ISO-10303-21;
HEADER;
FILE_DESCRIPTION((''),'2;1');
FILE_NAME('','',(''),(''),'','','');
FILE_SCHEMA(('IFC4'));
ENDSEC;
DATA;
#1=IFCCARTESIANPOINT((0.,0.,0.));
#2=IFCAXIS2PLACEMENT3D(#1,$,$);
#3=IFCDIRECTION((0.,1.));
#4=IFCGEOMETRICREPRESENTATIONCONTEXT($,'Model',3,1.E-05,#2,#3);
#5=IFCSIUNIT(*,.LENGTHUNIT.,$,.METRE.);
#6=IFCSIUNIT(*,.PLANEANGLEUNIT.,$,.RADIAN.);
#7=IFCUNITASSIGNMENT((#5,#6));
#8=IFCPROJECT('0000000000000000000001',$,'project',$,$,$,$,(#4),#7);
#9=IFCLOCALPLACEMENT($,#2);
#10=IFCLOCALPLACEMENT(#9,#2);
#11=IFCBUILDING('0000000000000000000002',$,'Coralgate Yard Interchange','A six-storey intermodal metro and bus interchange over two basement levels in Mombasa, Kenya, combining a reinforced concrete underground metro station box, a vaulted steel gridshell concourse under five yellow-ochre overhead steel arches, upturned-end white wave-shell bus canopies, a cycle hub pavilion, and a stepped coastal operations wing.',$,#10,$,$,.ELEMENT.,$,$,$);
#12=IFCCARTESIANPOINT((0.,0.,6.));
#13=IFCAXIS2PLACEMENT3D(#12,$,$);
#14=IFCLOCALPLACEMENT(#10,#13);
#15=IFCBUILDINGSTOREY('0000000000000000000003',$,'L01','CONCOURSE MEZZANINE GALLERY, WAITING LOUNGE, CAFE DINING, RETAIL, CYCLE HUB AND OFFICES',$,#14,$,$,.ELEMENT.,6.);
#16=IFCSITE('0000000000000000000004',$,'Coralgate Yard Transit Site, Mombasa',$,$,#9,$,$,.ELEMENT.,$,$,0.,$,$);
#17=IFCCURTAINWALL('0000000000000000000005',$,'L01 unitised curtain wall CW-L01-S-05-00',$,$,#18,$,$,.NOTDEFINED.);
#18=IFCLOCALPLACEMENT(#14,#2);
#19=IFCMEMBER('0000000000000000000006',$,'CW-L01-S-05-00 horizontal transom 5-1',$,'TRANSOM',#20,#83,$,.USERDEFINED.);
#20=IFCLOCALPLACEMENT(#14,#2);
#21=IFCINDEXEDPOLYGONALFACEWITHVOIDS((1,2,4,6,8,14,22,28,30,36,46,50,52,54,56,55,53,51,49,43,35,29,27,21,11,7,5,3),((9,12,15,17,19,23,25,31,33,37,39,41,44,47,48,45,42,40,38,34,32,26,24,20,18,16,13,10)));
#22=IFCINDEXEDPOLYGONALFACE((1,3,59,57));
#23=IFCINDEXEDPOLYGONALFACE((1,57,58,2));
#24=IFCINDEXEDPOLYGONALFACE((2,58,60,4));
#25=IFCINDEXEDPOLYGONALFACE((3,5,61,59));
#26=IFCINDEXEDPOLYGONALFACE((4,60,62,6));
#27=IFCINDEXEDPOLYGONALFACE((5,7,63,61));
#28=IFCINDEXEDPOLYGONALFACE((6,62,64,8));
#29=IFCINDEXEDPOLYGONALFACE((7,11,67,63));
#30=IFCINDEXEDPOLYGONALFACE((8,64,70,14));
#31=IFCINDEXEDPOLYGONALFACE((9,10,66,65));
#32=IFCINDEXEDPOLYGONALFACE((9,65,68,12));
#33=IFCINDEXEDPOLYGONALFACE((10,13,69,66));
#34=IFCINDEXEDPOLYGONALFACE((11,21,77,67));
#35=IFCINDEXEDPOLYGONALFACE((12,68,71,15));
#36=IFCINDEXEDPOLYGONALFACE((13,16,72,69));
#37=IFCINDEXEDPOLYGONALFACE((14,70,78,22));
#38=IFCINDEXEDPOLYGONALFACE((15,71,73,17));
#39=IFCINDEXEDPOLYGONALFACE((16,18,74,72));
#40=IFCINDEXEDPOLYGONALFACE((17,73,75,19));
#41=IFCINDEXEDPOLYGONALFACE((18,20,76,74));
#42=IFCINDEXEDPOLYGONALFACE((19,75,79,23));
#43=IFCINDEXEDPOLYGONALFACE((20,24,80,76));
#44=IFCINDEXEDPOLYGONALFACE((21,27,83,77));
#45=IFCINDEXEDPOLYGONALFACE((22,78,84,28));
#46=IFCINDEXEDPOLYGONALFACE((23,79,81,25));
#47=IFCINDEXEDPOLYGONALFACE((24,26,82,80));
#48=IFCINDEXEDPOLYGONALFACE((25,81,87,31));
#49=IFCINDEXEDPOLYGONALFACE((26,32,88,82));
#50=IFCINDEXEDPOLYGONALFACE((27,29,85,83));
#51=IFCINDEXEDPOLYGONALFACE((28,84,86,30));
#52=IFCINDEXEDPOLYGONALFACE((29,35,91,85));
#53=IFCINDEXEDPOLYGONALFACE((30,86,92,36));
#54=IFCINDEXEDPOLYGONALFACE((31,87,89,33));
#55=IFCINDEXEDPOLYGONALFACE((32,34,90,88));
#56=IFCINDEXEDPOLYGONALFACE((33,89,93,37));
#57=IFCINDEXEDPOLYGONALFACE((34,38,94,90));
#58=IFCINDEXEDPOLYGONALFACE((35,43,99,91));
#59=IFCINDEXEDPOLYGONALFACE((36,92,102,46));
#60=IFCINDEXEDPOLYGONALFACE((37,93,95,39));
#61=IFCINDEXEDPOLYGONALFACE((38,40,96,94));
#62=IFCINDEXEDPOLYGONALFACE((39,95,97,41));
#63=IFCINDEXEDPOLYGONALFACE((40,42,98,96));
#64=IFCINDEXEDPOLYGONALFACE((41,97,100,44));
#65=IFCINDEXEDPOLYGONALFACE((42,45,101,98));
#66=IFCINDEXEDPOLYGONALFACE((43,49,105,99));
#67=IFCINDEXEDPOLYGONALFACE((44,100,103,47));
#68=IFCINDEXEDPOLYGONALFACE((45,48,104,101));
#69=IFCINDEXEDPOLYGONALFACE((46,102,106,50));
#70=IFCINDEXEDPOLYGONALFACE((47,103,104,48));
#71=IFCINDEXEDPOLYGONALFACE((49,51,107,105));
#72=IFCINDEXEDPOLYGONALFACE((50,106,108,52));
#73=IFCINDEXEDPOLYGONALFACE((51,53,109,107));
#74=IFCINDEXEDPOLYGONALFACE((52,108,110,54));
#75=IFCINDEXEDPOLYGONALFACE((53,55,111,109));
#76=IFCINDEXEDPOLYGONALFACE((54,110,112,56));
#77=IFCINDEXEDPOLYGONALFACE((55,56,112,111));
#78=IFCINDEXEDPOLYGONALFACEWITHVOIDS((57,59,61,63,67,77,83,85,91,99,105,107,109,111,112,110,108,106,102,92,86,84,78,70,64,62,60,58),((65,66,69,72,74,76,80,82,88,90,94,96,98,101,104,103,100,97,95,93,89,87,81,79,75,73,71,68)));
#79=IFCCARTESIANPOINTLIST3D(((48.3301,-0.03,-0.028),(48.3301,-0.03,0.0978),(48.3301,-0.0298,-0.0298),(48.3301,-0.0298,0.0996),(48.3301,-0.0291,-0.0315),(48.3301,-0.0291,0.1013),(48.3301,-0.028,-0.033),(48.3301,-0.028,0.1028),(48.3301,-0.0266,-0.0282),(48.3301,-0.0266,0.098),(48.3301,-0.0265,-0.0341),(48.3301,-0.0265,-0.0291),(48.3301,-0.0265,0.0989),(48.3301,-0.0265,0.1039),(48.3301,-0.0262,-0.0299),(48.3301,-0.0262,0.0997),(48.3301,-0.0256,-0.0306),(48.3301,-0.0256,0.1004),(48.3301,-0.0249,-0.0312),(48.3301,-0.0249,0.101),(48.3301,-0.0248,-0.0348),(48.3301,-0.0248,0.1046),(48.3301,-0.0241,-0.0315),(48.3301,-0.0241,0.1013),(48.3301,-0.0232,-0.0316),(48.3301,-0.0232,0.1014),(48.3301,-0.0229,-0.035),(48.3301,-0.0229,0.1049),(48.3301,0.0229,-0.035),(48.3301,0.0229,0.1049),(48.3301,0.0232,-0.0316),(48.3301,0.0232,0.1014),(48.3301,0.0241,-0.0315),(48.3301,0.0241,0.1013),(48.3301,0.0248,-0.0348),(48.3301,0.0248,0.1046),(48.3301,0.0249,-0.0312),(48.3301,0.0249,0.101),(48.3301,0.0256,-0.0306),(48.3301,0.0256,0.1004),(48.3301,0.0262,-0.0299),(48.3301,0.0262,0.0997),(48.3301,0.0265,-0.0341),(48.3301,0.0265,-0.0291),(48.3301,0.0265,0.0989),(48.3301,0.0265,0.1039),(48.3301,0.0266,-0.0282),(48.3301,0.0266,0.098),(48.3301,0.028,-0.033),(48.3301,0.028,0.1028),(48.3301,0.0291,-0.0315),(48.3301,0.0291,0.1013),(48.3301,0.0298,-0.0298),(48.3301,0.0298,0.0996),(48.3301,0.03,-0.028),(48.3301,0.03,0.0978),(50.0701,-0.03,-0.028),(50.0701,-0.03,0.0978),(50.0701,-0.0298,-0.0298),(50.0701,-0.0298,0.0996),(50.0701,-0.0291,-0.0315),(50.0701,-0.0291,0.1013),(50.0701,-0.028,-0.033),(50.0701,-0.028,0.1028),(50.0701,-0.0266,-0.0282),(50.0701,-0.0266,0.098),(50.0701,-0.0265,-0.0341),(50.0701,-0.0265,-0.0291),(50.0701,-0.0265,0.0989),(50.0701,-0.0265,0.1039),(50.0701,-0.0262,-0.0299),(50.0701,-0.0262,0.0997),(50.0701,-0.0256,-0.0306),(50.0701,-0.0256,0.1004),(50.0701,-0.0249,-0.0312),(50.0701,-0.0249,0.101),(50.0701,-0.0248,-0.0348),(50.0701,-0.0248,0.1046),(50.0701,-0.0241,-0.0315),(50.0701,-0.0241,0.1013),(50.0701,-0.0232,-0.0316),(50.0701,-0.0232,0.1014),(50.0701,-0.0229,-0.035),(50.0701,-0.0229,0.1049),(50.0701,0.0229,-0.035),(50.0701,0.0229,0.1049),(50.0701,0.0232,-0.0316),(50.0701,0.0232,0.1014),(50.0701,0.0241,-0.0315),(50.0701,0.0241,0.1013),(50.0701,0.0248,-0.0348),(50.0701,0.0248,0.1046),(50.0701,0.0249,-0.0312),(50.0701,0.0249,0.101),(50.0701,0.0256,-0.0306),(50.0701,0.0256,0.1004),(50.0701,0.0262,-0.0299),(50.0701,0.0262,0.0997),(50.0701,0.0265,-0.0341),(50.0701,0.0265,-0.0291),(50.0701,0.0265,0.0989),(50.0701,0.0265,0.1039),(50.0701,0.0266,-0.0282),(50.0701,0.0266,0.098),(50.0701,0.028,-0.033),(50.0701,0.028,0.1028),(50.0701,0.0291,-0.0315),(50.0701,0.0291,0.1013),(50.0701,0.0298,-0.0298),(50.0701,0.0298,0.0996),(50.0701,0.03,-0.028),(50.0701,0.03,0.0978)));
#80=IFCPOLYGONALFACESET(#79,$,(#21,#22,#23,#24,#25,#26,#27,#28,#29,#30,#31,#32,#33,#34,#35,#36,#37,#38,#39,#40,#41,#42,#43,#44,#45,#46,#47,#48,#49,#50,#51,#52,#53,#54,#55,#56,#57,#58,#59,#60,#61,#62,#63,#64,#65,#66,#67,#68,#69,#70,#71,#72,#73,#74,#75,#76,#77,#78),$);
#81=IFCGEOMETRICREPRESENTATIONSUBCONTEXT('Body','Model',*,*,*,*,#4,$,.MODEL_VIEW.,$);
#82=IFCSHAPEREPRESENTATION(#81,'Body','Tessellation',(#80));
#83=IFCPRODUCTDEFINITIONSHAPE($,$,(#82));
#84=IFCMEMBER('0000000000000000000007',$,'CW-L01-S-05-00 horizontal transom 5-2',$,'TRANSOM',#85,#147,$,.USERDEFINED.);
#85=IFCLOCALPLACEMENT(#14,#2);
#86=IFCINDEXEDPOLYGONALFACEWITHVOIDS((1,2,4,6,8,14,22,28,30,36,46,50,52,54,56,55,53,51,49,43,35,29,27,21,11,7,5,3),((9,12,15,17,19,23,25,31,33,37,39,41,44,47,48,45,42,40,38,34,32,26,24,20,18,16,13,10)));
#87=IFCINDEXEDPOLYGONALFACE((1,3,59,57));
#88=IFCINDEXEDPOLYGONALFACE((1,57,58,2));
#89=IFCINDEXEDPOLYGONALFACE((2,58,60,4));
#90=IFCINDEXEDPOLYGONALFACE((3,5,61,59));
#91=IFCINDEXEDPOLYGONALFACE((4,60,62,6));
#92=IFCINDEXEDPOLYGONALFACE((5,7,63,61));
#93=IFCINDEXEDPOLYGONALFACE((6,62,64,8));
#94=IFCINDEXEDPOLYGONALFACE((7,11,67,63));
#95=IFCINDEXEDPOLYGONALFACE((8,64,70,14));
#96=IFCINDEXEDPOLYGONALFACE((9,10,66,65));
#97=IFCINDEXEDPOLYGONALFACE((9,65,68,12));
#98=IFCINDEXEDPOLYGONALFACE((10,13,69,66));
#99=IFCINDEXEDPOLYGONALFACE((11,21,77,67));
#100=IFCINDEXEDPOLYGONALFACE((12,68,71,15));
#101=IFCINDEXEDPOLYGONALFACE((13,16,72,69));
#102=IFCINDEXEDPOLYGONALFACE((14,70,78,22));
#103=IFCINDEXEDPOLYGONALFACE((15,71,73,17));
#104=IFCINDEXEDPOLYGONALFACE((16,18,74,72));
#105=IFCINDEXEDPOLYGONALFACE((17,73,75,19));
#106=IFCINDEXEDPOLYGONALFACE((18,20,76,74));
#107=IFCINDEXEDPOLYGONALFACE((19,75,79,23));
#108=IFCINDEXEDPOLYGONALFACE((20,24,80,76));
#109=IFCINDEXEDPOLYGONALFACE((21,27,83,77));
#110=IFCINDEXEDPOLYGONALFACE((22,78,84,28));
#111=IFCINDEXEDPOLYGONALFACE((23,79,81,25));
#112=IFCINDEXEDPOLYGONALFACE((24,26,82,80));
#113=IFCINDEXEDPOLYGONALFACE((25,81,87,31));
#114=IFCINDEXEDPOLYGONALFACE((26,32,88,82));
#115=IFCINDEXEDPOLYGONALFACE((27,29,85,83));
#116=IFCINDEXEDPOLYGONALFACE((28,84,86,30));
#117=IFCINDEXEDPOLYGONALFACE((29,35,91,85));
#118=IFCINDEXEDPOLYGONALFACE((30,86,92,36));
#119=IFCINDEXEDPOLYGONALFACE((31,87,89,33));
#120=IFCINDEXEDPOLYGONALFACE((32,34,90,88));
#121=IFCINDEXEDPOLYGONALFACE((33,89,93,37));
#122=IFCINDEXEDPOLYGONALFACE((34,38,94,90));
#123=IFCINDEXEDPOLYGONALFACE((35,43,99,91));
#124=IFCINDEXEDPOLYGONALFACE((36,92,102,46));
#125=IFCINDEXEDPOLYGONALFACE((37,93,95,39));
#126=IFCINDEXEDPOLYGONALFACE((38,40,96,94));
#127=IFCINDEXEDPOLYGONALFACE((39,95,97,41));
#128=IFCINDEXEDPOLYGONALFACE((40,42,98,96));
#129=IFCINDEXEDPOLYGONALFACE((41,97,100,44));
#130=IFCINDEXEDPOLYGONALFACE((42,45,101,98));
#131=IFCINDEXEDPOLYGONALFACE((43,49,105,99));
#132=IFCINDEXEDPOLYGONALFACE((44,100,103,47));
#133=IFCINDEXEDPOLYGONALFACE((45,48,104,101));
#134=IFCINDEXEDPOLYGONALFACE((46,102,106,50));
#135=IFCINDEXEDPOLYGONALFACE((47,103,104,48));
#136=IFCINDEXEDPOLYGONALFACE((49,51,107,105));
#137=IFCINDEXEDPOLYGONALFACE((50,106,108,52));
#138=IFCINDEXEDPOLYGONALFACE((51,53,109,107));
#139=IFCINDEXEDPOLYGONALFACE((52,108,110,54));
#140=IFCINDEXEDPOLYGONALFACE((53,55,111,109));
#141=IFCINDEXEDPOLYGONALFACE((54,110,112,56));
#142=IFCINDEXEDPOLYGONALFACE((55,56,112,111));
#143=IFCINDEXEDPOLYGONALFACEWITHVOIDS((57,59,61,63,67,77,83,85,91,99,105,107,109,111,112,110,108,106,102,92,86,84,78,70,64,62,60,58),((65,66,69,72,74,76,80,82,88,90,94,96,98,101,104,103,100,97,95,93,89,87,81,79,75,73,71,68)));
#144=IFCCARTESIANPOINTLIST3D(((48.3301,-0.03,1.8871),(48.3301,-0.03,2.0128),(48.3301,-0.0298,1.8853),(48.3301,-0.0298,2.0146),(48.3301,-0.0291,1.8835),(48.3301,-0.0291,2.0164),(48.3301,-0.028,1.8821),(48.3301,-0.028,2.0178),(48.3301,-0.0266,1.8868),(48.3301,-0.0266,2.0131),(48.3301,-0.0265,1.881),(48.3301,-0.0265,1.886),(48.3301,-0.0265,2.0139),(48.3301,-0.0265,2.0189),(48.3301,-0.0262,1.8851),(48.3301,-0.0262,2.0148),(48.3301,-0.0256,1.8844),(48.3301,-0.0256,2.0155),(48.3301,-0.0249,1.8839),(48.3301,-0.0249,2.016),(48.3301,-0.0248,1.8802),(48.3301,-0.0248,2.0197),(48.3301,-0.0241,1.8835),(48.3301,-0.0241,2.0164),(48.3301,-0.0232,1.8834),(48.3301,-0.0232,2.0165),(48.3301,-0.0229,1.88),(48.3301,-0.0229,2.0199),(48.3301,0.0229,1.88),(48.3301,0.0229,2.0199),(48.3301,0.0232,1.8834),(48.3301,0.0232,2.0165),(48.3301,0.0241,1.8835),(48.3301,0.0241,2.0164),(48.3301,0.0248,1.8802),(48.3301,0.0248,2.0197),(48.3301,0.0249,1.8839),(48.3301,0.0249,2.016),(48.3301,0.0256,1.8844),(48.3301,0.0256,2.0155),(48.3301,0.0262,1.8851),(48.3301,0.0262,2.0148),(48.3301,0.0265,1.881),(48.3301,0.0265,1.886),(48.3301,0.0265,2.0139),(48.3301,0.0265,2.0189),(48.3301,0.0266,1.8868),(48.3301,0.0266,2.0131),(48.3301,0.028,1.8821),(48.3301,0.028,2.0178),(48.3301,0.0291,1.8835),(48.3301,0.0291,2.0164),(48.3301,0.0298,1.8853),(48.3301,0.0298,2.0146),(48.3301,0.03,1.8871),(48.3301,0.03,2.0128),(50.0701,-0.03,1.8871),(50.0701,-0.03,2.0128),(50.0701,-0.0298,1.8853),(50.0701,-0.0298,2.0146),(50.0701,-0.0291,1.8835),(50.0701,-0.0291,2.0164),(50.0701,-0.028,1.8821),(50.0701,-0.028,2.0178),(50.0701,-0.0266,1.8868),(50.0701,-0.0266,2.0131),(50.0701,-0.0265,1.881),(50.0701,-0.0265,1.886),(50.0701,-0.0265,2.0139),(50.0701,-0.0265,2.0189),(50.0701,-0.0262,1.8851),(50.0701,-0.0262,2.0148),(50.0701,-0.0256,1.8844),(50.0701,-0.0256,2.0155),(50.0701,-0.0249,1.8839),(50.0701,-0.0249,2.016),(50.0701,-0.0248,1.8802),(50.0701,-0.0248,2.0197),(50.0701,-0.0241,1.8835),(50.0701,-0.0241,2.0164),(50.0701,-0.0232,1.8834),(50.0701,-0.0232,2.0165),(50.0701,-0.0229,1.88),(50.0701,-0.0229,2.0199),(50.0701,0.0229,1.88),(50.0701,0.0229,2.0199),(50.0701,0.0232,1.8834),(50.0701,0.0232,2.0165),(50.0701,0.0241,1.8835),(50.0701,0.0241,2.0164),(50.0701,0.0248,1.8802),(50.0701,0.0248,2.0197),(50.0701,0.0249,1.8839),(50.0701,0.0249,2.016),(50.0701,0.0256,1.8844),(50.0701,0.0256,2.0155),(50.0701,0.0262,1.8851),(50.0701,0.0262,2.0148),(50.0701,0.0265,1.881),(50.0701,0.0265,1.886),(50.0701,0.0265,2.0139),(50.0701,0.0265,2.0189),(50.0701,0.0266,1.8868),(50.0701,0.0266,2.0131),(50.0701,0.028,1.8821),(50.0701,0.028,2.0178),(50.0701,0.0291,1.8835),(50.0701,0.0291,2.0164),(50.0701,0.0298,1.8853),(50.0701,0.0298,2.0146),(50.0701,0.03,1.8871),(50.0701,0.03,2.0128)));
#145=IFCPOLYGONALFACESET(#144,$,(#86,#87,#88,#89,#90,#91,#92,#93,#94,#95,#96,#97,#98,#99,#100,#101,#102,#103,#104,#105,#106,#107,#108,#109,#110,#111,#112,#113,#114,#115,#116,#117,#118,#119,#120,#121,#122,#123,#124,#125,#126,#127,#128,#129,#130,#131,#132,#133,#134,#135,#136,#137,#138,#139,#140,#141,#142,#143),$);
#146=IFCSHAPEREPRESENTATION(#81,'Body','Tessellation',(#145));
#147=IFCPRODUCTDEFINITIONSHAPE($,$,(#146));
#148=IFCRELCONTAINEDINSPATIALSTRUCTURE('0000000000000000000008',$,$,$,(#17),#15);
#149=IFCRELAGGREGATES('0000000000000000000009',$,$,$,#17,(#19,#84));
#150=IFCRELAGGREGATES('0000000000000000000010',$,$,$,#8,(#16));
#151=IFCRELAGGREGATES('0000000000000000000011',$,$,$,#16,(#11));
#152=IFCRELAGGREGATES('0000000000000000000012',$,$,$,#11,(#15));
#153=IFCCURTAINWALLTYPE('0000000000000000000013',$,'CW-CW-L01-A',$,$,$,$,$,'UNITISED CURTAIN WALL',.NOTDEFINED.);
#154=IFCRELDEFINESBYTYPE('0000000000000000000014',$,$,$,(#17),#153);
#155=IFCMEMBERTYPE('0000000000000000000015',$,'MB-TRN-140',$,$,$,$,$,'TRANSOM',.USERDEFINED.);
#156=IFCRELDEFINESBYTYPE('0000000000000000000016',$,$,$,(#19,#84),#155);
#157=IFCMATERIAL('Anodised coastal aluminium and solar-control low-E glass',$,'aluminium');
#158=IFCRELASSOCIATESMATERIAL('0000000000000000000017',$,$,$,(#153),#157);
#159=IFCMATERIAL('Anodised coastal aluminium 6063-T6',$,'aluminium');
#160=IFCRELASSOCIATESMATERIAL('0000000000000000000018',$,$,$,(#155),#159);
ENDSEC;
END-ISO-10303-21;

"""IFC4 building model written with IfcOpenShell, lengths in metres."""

from ifc_helpers import new_model, si_unit, direction, frame, origin, origin_2d, place, context, subcontext, project, spatial, hollow_rectangle, extrude, material, material_profile, profile_set, type_object, element, aggregate, save


model = new_model("IFC4")

# Units and contexts
model_context = context("Model", 3, precision=1e-05, world=origin(), true_north=direction((0.0, 1.0)))
body_context = subcontext(model_context, "Body", "Model", "MODEL_VIEW")
ifc_project = project(units=[si_unit("LENGTHUNIT", "METRE"), si_unit("PLANEANGLEUNIT", "RADIAN")], contexts=[model_context])

# Site, building, storey
site_placement = place(None, origin())
site = spatial("IfcSite", under=ifc_project, at=site_placement, Name="Coralgate Yard Transit Site, Mombasa", CompositionType="ELEMENT", RefElevation=0.0)
building_placement = place(site_placement, origin())
building = spatial("IfcBuilding", under=site, at=building_placement, Name="Coralgate Yard Interchange", Description="A six-storey intermodal metro and bus interchange over two basement levels in Mombasa, Kenya, combining a reinforced concrete underground metro station box, a vaulted steel gridshell concourse under five yellow-ochre overhead steel arches, upturned-end white wave-shell bus canopies, a cycle hub pavilion, and a stepped coastal operations wing.", CompositionType="ELEMENT")
storey_placement = place(building_placement, frame((0.0, 0.0, 6.0)))
storey = spatial("IfcBuildingStorey", under=building, at=storey_placement, Name="L01", Description="CONCOURSE MEZZANINE GALLERY, WAITING LOUNGE, CAFE DINING, RETAIL, CYCLE HUB AND OFFICES", CompositionType="ELEMENT", Elevation=6.0)

# Curtain wall, members
ifc_material_1 = material(Name="Anodised coastal aluminium and solar-control low-E glass", Category="aluminium")
curtain_wall_type = type_object("IfcCurtainWallType", Name="CW-CW-L01-A", ElementType="UNITISED CURTAIN WALL", PredefinedType="NOTDEFINED", material=ifc_material_1)
curtain_wall_placement = place(storey_placement, origin())
curtain_wall = element("IfcCurtainWall", 1, at=curtain_wall_placement, inside=storey, type_object=curtain_wall_type, Name="L01 unitised curtain wall CW-L01-S-05-00", PredefinedType="NOTDEFINED")
ifc_material_2 = material(Name="Anodised coastal aluminium 6063-T6", Category="aluminium")
ifc_material_profile_1 = material_profile(ifc_material_2, hollow_rectangle(XDim=0.0601, YDim=0.1399, WallThickness=0.0034, InnerFilletRadius=0.0034, OuterFilletRadius=0.0071, at=origin_2d()), Name="ALU 60x140x3.5")
ifc_profile_set_1 = profile_set([ifc_material_profile_1], Name="Anodised coastal aluminium 6063-T6")
member_type_1 = type_object("IfcMemberType", Name="MB-TRN-140", ElementType="TRANSOM", PredefinedType="USERDEFINED", material=ifc_profile_set_1)
member_1_placement = place(storey_placement, frame((50.0701, 0.0, 0.0349), z_axis=(-1.0, 0.0, 0.0), x_axis=(0.0, -1.0, 0.0)))
member_1 = element("IfcMember", 2, at=member_1_placement, type_object=member_type_1, Name="CW-L01-S-05-00 horizontal transom 5-1", ObjectType="TRANSOM", PredefinedType="USERDEFINED", context=body_context, shape_type="SweptSolid", body=[
    extrude(hollow_rectangle(XDim=0.0601, YDim=0.1399, WallThickness=0.0034, InnerFilletRadius=0.0034, OuterFilletRadius=0.0071, at=origin_2d()), origin(), (0.0, 0.0, 1.0), 1.74),
])
member_2_placement = place(storey_placement, frame((50.0701, 0.0, 1.95), z_axis=(-1.0, 0.0, 0.0), x_axis=(0.0, -1.0, 0.0)))
member_2 = element("IfcMember", 3, at=member_2_placement, type_object=member_type_1, Name="CW-L01-S-05-00 horizontal transom 5-2", ObjectType="TRANSOM", PredefinedType="USERDEFINED", context=body_context, shape_type="SweptSolid", body=[
    extrude(hollow_rectangle(XDim=0.0601, YDim=0.1399, WallThickness=0.0034, InnerFilletRadius=0.0034, OuterFilletRadius=0.0071, at=origin_2d()), origin(), (0.0, 0.0, 1.0), 1.74),
])
aggregate(curtain_wall, [member_1, member_2])

save(model, "model.ifc")
